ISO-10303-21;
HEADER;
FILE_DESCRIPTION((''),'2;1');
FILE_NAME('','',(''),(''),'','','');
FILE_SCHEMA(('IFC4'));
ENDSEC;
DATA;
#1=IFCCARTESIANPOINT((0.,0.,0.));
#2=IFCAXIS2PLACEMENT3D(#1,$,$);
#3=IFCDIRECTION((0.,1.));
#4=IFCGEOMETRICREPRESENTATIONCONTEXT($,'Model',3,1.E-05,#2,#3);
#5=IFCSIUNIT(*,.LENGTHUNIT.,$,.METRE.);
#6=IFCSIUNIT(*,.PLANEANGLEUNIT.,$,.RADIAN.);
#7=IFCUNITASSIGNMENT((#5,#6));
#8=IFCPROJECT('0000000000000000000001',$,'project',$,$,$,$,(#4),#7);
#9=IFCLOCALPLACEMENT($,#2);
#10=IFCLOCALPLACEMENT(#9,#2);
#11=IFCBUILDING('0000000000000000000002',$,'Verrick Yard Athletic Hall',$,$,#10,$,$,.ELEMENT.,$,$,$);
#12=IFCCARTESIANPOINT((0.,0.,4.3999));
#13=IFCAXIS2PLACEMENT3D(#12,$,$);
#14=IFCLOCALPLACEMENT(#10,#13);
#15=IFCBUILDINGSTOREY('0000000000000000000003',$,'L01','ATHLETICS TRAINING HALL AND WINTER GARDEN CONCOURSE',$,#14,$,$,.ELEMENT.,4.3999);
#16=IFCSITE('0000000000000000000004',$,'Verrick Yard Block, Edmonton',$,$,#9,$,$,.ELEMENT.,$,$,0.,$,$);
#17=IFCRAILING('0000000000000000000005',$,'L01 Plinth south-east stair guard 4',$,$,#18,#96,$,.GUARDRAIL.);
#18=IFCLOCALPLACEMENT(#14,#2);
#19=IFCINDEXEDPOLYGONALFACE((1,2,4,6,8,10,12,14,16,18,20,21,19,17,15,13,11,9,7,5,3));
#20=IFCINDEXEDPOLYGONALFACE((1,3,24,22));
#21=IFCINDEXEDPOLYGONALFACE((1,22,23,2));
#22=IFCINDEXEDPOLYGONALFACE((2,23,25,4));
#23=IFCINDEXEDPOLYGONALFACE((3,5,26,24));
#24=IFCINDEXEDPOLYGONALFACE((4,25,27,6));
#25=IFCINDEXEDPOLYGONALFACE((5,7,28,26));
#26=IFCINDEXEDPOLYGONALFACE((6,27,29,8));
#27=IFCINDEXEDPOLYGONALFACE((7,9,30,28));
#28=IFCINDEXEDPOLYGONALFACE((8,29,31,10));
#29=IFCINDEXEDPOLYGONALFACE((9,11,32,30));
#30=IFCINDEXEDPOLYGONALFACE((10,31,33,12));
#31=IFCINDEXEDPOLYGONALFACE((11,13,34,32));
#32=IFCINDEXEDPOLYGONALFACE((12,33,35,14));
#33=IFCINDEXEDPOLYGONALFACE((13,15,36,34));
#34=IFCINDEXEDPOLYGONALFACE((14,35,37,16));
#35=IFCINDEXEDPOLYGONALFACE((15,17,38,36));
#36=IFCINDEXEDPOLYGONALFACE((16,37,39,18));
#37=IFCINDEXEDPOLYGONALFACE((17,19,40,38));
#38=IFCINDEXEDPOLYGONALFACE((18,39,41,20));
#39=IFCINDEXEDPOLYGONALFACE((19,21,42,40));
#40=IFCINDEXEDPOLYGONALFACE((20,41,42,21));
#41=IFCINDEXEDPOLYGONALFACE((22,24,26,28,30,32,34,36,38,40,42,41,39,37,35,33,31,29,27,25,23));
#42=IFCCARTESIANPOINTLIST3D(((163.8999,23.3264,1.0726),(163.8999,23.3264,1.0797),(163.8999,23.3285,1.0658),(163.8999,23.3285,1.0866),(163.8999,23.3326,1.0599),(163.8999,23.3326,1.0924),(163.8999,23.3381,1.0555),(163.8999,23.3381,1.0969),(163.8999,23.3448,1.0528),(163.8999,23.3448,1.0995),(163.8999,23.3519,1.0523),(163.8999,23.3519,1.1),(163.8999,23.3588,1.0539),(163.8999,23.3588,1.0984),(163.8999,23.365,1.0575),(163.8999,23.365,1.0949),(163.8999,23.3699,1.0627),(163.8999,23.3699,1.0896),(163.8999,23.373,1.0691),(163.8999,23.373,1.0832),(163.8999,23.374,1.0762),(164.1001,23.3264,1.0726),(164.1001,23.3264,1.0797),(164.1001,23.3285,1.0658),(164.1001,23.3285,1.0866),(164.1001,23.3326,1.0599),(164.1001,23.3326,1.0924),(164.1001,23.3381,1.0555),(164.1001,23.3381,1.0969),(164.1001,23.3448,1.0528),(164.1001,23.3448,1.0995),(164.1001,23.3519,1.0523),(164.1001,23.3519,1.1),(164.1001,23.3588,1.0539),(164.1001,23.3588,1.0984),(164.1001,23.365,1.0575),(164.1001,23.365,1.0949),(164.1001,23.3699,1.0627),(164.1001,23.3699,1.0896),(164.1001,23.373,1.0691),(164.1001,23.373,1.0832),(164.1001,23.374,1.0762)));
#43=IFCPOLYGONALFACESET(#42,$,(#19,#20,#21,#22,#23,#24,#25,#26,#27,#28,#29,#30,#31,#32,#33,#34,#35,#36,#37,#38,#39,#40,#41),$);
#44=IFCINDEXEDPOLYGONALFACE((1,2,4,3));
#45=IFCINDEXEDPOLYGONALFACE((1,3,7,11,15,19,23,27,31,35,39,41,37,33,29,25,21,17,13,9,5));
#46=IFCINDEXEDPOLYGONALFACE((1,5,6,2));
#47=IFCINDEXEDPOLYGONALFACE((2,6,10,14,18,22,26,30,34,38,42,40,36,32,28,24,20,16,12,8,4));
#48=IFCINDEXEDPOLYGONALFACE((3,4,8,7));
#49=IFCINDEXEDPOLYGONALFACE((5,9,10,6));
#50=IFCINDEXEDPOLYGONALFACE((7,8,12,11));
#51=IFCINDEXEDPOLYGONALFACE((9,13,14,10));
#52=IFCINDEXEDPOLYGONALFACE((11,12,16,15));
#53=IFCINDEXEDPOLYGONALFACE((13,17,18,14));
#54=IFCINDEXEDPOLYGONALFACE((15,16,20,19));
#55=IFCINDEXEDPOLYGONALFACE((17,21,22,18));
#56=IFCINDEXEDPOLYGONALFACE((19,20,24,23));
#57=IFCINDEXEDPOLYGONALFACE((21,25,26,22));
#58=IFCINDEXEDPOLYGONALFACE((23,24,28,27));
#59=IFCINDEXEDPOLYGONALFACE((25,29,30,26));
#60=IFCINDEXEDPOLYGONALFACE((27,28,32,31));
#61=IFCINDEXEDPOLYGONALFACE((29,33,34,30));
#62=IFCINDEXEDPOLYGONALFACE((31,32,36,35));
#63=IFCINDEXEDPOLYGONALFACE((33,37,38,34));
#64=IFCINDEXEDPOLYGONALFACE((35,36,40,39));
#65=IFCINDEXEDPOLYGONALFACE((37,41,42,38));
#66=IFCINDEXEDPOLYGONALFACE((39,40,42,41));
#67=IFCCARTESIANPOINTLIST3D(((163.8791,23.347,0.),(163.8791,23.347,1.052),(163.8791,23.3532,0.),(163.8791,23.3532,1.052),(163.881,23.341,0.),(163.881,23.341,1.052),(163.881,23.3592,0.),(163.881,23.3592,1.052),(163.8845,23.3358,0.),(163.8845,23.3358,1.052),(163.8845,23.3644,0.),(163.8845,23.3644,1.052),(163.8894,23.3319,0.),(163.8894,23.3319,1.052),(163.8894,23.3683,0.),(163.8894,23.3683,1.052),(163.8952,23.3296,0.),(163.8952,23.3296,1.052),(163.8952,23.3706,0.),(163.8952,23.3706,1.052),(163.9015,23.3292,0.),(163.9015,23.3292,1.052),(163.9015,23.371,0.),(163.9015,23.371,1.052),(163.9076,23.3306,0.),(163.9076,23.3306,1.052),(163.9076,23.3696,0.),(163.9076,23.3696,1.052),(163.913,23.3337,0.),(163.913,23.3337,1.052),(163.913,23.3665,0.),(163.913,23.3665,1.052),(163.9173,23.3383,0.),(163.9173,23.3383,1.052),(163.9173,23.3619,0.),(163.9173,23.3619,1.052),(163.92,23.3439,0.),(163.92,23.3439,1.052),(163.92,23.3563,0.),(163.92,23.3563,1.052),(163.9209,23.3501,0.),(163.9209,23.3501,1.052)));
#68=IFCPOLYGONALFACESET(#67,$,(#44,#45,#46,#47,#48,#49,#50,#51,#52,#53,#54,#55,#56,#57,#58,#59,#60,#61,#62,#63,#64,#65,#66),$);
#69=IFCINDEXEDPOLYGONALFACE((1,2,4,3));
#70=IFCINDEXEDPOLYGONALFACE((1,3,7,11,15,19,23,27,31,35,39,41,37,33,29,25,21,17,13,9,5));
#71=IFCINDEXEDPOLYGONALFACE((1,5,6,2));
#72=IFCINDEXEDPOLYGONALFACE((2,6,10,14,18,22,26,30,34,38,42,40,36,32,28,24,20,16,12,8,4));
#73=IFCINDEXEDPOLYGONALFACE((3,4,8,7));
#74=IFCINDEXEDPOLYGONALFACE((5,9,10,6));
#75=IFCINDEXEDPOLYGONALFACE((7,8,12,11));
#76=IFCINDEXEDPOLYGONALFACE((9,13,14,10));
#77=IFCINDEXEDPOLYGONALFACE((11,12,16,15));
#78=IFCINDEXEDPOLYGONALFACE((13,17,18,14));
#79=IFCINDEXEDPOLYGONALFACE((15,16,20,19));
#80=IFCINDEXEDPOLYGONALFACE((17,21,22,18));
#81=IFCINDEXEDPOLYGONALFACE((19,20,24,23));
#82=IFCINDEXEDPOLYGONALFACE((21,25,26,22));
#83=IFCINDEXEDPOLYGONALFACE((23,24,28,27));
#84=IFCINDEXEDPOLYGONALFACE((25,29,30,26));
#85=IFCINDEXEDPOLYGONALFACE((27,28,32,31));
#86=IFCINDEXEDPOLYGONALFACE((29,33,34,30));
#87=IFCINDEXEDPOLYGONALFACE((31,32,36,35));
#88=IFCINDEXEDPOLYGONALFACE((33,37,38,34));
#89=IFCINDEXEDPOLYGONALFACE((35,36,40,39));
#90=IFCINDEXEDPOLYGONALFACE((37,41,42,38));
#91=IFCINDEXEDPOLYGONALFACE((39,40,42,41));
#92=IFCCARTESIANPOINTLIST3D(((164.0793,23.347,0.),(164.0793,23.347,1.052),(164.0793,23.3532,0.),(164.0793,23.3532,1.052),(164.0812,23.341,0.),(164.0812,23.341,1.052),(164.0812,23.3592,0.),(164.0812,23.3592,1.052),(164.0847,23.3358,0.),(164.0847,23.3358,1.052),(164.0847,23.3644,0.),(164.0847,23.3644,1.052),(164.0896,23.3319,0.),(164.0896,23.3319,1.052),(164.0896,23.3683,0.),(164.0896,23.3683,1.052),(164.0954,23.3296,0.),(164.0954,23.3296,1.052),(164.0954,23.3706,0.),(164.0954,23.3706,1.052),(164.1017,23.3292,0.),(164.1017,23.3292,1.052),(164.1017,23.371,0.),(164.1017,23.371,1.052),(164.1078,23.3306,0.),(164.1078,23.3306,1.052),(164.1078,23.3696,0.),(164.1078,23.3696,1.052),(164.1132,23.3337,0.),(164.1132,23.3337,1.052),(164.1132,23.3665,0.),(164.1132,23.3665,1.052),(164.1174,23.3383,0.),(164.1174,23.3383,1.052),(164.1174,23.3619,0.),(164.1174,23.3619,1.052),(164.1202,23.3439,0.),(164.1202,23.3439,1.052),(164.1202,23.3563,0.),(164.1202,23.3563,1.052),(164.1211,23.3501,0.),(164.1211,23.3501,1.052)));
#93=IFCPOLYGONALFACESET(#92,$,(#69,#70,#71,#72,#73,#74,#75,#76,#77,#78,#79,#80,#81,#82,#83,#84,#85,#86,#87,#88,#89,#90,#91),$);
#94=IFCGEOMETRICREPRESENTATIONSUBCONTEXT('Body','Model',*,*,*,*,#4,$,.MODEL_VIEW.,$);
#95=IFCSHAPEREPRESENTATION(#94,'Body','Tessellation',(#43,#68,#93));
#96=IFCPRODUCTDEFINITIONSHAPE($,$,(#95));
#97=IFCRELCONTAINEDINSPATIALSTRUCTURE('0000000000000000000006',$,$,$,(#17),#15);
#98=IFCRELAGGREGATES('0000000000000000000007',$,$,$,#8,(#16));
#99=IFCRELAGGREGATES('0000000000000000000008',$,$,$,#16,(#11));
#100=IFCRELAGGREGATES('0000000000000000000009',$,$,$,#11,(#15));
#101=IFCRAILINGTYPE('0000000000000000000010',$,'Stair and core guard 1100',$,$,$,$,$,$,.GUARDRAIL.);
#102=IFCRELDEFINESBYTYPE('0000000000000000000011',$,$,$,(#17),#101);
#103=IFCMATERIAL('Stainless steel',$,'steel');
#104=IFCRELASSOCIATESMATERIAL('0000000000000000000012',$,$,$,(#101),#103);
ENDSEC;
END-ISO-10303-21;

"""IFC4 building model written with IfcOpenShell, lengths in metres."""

from ifc_helpers import new_model, si_unit, direction, frame, origin, origin_2d, place, context, subcontext, project, spatial, circle, extrude, material, type_object, element, save


model = new_model("IFC4")

# Units and contexts
model_context = context("Model", 3, precision=1e-05, world=origin(), true_north=direction((0.0, 1.0)))
body_context = subcontext(model_context, "Body", "Model", "MODEL_VIEW")
ifc_project = project(units=[si_unit("LENGTHUNIT", "METRE"), si_unit("PLANEANGLEUNIT", "RADIAN")], contexts=[model_context])

# Site, building, storey
site_placement = place(None, origin())
site = spatial("IfcSite", under=ifc_project, at=site_placement, Name="Verrick Yard Block, Edmonton", CompositionType="ELEMENT", RefElevation=0.0)
building_placement = place(site_placement, origin())
building = spatial("IfcBuilding", under=site, at=building_placement, Name="Verrick Yard Athletic Hall", CompositionType="ELEMENT")
storey_placement = place(building_placement, frame((0.0, 0.0, 4.3999)))
storey = spatial("IfcBuildingStorey", under=building, at=storey_placement, Name="L01", Description="ATHLETICS TRAINING HALL AND WINTER GARDEN CONCOURSE", CompositionType="ELEMENT", Elevation=4.3999)

# Railing
ifc_material_1 = material(Name="Stainless steel", Category="steel")
railing_type_1 = type_object("IfcRailingType", Name="Stair and core guard 1100", PredefinedType="GUARDRAIL", material=ifc_material_1)
railing_1_placement = place(storey_placement, frame((163.8999, 23.3501, 0.0)))
element("IfcRailing", 1, at=railing_1_placement, inside=storey, type_object=railing_type_1, Name="L01 Plinth south-east stair guard 4", PredefinedType="GUARDRAIL", context=body_context, shape_type="SweptSolid", body=[
    extrude(circle(Radius=0.0239, at=origin_2d()), frame((0.0, 0.0, 1.0762), z_axis=(1.0, 0.0, 0.0), x_axis=(0.0, 1.0, 0.0)), (0.0, 0.0, 1.0), 0.2002),
    extrude(circle(Radius=0.021, at=origin_2d()), origin(), (0.0, 0.0, 1.0), 1.052),
    extrude(circle(Radius=0.021, at=origin_2d()), frame((0.2002, 0.0, 0.0)), (0.0, 0.0, 1.0), 1.052),
])

save(model, "model.ifc")
